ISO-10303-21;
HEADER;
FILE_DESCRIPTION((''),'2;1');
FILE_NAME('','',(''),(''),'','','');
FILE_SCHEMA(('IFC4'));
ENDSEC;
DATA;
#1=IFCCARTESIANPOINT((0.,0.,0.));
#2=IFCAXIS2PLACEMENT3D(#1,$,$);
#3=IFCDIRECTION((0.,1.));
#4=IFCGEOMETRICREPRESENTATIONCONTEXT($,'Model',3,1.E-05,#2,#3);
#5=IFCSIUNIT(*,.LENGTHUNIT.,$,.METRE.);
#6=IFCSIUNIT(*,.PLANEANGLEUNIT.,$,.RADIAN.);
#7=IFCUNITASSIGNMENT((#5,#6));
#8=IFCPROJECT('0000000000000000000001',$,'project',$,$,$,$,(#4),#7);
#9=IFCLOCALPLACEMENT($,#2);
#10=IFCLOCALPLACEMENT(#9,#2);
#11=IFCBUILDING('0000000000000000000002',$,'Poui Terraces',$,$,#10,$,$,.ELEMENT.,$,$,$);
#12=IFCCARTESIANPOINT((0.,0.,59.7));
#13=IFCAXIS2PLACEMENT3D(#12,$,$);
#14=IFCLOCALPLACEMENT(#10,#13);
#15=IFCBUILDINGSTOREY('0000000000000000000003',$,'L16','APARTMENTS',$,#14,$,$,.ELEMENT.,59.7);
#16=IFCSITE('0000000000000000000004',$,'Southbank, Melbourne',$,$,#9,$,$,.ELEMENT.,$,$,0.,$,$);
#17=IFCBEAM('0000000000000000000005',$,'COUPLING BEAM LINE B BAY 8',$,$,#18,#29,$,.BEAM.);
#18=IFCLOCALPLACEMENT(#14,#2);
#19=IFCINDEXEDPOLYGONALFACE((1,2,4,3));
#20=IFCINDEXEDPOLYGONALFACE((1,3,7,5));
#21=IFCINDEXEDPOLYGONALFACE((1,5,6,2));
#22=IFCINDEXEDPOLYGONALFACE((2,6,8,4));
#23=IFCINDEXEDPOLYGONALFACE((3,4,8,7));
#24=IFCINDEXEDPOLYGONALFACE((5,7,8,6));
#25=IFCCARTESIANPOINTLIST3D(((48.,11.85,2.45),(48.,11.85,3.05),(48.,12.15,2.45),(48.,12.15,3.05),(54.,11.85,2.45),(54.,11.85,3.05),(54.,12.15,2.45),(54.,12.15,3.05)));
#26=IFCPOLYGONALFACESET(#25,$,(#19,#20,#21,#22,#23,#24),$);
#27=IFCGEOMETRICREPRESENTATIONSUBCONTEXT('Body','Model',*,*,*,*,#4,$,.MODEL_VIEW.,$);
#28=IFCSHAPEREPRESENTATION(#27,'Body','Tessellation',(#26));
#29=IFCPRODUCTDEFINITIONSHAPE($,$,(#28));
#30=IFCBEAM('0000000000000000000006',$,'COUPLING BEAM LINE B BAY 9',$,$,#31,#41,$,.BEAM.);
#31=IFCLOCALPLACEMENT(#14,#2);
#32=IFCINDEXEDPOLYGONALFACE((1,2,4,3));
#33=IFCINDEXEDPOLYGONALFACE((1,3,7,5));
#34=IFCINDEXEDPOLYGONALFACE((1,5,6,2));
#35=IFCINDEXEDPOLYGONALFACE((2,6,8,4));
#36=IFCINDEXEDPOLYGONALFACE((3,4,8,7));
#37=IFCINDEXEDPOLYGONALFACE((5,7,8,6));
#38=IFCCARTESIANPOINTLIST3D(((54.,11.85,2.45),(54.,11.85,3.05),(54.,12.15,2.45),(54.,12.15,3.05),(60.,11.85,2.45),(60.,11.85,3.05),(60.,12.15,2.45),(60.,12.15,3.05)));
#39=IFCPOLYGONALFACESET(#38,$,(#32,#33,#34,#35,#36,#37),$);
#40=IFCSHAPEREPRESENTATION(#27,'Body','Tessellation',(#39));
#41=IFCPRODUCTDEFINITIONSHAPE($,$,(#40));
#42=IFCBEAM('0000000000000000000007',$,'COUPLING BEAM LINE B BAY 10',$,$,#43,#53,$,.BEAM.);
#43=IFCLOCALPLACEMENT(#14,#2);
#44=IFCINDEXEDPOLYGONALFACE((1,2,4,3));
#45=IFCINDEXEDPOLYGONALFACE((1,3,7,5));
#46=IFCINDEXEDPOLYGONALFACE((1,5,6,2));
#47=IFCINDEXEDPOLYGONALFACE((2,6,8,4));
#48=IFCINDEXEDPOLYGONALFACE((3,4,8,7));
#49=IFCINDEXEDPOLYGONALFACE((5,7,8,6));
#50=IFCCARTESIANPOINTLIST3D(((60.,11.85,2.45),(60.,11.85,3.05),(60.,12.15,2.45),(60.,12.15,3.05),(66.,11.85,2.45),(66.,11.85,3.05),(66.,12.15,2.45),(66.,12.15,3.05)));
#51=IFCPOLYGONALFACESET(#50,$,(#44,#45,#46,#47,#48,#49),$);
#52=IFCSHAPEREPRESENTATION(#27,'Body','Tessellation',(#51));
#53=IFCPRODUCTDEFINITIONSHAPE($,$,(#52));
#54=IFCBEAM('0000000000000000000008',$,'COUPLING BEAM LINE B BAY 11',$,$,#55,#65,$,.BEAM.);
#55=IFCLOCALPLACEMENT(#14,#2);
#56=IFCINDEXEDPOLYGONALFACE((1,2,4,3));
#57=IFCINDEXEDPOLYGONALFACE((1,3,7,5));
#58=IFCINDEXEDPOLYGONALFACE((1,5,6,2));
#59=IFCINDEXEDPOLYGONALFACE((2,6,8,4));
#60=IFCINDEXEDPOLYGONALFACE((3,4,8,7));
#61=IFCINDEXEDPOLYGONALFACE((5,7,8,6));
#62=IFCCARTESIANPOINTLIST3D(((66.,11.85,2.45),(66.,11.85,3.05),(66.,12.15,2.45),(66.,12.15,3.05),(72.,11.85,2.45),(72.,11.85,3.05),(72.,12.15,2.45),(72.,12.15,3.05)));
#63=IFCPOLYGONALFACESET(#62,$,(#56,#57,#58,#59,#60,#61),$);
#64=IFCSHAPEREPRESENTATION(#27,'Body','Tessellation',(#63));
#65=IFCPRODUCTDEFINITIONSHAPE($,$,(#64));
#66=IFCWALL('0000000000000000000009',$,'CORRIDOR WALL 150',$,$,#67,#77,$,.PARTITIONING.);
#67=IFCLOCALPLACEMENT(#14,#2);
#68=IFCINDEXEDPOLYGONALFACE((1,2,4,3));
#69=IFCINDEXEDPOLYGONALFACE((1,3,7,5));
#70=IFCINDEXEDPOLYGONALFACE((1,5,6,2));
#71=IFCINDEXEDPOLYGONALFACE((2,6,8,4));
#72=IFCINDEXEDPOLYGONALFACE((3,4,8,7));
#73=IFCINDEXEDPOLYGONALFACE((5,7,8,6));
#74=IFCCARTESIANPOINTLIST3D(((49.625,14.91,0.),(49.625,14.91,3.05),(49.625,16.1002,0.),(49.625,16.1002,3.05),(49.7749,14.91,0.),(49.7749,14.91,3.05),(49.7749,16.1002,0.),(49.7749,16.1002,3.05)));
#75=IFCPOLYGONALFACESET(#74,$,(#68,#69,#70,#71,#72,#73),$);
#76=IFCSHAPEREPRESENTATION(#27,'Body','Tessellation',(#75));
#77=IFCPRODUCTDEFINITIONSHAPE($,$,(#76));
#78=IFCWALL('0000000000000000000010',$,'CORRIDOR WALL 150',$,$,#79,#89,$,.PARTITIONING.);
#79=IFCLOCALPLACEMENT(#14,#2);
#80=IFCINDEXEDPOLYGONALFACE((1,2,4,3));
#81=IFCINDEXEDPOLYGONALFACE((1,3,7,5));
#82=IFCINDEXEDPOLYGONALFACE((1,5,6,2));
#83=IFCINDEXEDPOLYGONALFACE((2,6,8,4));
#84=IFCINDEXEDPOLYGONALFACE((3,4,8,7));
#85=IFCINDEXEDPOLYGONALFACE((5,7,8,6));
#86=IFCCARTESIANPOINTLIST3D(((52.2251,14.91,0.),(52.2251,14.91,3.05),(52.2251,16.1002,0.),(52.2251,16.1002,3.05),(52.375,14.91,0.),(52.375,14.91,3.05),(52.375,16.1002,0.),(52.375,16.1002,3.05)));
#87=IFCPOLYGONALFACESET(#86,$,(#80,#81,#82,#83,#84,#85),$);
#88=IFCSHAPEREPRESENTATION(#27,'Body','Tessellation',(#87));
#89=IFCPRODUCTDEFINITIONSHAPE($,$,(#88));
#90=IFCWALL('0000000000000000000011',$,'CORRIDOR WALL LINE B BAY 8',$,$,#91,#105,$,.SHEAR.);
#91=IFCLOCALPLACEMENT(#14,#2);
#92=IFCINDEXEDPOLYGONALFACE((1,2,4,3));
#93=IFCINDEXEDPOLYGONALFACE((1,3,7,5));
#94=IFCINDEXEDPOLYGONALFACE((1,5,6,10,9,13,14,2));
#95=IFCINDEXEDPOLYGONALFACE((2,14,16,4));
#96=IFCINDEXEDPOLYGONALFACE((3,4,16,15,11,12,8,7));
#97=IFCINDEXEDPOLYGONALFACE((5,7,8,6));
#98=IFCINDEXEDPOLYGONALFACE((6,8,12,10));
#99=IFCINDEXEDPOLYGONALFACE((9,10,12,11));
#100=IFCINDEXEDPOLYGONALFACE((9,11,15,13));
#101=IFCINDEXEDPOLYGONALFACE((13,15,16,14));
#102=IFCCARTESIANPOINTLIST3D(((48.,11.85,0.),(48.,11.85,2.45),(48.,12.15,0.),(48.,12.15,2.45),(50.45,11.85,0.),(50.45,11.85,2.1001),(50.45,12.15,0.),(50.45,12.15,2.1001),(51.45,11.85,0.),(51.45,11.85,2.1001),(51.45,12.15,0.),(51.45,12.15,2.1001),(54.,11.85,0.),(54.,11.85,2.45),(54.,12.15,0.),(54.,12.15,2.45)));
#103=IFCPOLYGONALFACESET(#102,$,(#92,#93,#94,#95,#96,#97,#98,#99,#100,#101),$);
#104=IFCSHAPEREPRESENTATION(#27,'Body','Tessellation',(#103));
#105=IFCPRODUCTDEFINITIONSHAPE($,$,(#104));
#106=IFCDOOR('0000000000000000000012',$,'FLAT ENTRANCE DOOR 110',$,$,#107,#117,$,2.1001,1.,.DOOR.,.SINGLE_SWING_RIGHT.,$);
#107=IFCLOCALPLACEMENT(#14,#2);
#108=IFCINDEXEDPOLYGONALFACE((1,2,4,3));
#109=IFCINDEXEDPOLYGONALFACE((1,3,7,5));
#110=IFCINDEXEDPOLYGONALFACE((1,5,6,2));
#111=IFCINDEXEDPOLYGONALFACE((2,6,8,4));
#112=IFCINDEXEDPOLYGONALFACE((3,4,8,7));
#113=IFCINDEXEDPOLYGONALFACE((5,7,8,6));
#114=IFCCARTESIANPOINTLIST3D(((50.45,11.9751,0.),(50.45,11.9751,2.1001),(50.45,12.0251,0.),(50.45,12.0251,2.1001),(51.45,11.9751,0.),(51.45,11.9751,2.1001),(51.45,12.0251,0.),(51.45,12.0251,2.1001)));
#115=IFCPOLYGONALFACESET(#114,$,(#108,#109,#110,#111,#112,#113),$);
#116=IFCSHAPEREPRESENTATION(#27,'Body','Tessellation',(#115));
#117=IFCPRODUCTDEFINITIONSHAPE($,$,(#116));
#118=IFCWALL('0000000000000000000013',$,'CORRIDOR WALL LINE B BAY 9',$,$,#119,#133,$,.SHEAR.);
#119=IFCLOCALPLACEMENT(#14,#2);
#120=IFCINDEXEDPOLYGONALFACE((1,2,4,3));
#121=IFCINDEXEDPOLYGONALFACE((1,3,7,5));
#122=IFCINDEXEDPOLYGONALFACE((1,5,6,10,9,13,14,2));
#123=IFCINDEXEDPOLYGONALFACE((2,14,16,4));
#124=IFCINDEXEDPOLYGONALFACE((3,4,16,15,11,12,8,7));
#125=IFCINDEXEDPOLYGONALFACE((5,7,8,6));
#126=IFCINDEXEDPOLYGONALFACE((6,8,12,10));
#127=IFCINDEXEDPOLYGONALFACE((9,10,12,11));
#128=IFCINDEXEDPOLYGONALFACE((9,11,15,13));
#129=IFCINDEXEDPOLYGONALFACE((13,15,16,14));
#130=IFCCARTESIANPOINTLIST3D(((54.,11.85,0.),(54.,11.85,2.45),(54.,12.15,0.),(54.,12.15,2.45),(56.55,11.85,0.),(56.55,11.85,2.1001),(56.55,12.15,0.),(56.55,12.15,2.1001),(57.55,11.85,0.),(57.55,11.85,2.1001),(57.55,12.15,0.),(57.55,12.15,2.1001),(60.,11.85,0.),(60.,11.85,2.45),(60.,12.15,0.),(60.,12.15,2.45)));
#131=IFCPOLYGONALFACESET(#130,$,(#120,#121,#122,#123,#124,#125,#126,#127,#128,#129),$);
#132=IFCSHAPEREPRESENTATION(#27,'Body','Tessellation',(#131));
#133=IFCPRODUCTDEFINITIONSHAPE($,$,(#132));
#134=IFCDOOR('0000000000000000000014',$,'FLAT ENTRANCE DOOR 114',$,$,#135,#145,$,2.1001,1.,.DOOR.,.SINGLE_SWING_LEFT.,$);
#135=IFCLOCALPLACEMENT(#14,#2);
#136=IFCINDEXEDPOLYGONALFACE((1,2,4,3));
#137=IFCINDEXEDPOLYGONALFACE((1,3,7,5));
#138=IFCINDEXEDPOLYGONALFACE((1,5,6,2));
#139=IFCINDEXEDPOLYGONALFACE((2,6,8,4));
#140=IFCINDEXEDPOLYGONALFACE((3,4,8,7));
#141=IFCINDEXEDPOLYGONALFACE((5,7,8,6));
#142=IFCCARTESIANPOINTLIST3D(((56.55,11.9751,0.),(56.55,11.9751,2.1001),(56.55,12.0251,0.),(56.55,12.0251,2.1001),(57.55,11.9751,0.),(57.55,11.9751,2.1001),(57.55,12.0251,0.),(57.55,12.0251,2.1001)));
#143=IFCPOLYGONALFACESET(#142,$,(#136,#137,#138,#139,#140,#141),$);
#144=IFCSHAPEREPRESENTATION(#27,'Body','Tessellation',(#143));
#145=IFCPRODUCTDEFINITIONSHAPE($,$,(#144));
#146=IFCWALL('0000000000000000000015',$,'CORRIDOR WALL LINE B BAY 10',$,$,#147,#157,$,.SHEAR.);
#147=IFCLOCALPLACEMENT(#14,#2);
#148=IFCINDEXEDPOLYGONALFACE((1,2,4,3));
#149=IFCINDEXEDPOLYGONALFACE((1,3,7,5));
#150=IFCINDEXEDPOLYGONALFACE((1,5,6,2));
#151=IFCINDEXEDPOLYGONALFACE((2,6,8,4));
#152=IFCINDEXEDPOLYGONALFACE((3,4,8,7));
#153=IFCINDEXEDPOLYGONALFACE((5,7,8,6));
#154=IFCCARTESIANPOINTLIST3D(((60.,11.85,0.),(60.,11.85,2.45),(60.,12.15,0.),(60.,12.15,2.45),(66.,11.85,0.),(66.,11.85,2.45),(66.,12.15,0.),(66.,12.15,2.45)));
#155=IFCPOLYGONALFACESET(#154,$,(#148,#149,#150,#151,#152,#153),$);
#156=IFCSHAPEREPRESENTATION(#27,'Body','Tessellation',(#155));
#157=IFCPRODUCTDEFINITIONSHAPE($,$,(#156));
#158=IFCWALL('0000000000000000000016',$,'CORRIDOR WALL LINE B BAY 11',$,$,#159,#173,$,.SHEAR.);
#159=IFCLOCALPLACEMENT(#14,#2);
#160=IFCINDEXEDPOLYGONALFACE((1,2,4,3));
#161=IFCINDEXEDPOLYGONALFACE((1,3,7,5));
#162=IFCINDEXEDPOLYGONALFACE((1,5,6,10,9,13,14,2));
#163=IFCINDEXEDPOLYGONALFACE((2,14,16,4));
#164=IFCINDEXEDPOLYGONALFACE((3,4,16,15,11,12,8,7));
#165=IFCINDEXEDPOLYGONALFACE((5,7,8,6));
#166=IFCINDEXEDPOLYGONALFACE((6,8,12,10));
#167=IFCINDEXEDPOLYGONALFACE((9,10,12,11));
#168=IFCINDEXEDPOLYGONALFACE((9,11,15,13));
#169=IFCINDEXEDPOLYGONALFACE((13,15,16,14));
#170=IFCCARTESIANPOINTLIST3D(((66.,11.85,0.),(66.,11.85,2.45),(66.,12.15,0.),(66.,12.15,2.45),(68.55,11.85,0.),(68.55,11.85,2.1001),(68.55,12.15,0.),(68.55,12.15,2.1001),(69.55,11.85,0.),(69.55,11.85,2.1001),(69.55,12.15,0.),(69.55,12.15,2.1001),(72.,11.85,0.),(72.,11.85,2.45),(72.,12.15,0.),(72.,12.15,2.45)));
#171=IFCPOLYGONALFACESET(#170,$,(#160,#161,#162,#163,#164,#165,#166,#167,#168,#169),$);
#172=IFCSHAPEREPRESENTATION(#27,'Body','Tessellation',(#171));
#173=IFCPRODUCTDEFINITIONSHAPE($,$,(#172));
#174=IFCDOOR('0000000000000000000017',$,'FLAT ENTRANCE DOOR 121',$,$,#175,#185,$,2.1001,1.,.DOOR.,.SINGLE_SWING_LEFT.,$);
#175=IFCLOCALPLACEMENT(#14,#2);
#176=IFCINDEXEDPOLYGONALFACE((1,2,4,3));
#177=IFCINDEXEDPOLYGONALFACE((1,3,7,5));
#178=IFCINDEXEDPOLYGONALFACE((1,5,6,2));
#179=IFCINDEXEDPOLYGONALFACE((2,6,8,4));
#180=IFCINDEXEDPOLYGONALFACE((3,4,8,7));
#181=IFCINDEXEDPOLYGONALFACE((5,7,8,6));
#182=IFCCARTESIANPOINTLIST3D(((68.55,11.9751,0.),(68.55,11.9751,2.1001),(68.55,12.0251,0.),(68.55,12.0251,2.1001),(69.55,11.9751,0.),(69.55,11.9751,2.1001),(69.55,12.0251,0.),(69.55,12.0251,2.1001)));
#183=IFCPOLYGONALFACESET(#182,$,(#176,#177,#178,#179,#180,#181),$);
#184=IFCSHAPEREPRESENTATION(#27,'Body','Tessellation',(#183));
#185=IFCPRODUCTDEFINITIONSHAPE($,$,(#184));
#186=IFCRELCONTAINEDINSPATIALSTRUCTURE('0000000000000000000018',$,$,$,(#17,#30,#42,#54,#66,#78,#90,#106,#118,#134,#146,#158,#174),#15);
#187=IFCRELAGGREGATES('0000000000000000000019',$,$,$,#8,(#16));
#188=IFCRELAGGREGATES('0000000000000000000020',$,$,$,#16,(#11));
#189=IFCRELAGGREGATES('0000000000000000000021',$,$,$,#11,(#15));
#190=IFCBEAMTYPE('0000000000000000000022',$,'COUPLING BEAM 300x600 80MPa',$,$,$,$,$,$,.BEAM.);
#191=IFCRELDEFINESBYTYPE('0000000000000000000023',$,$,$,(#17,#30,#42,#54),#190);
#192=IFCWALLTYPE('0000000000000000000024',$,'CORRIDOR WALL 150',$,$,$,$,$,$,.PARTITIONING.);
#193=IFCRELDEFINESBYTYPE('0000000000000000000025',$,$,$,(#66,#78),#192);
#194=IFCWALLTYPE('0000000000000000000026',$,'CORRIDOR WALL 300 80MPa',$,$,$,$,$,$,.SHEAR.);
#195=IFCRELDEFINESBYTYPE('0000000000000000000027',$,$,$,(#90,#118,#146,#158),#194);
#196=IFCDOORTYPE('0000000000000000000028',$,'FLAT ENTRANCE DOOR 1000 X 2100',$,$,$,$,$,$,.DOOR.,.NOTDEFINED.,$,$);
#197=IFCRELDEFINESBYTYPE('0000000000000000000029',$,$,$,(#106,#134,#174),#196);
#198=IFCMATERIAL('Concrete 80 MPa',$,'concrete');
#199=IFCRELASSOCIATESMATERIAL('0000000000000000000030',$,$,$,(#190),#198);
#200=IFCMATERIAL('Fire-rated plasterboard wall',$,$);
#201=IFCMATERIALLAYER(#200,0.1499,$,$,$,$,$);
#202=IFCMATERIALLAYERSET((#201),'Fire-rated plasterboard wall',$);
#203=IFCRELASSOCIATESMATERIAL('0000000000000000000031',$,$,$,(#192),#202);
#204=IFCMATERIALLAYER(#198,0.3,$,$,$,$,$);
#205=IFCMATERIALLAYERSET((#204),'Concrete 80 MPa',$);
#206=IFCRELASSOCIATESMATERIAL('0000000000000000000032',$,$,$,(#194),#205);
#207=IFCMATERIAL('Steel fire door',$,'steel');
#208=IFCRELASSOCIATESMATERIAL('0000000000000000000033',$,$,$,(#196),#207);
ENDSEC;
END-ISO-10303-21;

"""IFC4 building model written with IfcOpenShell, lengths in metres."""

from ifc_helpers import new_model, si_unit, direction, frame, frame_2d, origin, origin_2d, place, context, subcontext, project, spatial, rectangle, extrude, source, transform, mapped, material, layer, layer_set, material_profile, profile_set, type_object, element, fill, save


model = new_model("IFC4")

# Units and contexts
model_context = context("Model", 3, precision=1e-05, world=origin(), true_north=direction((0.0, 1.0)))
body_context = subcontext(model_context, "Body", "Model", "MODEL_VIEW")
ifc_project = project(units=[si_unit("LENGTHUNIT", "METRE"), si_unit("PLANEANGLEUNIT", "RADIAN")], contexts=[model_context])

# Site, building, storey
site_placement = place(None, origin())
site = spatial("IfcSite", under=ifc_project, at=site_placement, Name="Southbank, Melbourne", CompositionType="ELEMENT", RefElevation=0.0)
building_placement = place(site_placement, origin())
building = spatial("IfcBuilding", under=site, at=building_placement, Name="Poui Terraces", CompositionType="ELEMENT")
storey_placement = place(building_placement, frame((0.0, 0.0, 59.7)))
storey = spatial("IfcBuildingStorey", under=building, at=storey_placement, Name="L16", Description="APARTMENTS", CompositionType="ELEMENT", Elevation=59.7)

# Beams
ifc_material_1 = material(Name="Concrete 80 MPa", Category="concrete")
ifc_material_profile = material_profile(ifc_material_1, rectangle(XDim=0.3, YDim=0.6001, at=origin_2d()), Name="RC 300x600")
ifc_profile_set = profile_set([ifc_material_profile], Name="Concrete 80 MPa")
beam_type = type_object("IfcBeamType", Name="COUPLING BEAM 300x600 80MPa", PredefinedType="BEAM", material=ifc_profile_set)
shared_shape = source(origin(), body_context, "Body", "SweptSolid", [
    extrude(rectangle(XDim=0.3, YDim=0.6001, at=origin_2d()), origin(), (0.0, 0.0, 1.0), 6.0),
])
for number, where, z_axis, x_axis, name in (
    (1, (48.0, 12.0, 2.75), (1.0, 0.0, 0.0), (0.0, 1.0, 0.0), "COUPLING BEAM LINE B BAY 8"),
    (2, (54.0, 12.0, 2.75), (1.0, 0.0, 0.0), (0.0, 1.0, 0.0), "COUPLING BEAM LINE B BAY 9"),
    (3, (60.0, 12.0, 2.75), (1.0, 0.0, 0.0), (0.0, 1.0, 0.0), "COUPLING BEAM LINE B BAY 10"),
    (4, (66.0, 12.0, 2.75), (1.0, 0.0, 0.0), (0.0, 1.0, 0.0), "COUPLING BEAM LINE B BAY 11"),
):
    element("IfcBeam", number, at=place(storey_placement, frame(where, z_axis=z_axis, x_axis=x_axis)), inside=storey, type_object=beam_type, Name=name, PredefinedType="BEAM", context=body_context, shape_type="MappedRepresentation", body=[
        mapped(shared_shape, transform((0.0, 0.0, 0.0))),
    ])

# Walls
ifc_material_2 = material(Name="Fire-rated plasterboard wall")
ifc_layer_1 = layer(ifc_material_2, 0.1499)
ifc_layer_set_1 = layer_set([ifc_layer_1], Name="Fire-rated plasterboard wall")
wall_type_1 = type_object("IfcWallType", Name="CORRIDOR WALL 150", PredefinedType="PARTITIONING", material=ifc_layer_set_1)
for number, where, z_axis, x_axis, name in (
    (5, (49.7, 14.9099, 0.0), (0.0, 0.0, 1.0), (0.0, 1.0, 0.0), "CORRIDOR WALL 150"),
    (6, (52.3, 14.9099, 0.0), (0.0, 0.0, 1.0), (0.0, 1.0, 0.0), "CORRIDOR WALL 150"),
):
    element("IfcWall", number, at=place(storey_placement, frame(where, z_axis=z_axis, x_axis=x_axis)), inside=storey, type_object=wall_type_1, Name=name, PredefinedType="PARTITIONING", context=body_context, shape_type="SweptSolid", body=[
        extrude(rectangle(XDim=1.1902, YDim=0.1499, at=frame_2d((0.5952, 0.0))), origin(), (0.0, 0.0, 1.0), 3.05),
    ])

# Walls, openings, doors
ifc_layer_2 = layer(ifc_material_1, 0.3)
ifc_layer_set_2 = layer_set([ifc_layer_2], Name="Concrete 80 MPa")
wall_type_2 = type_object("IfcWallType", Name="CORRIDOR WALL 300 80MPa", PredefinedType="SHEAR", material=ifc_layer_set_2)
wall_1_placement = place(storey_placement, frame((48.0, 12.0, 0.0), z_axis=(0.0, 0.0, 1.0), x_axis=(1.0, 0.0, 0.0)))
wall_1 = element("IfcWall", 7, at=wall_1_placement, inside=storey, type_object=wall_type_2, Name="CORRIDOR WALL LINE B BAY 8", PredefinedType="SHEAR", context=body_context, shape_type="SweptSolid", body=[
    extrude(rectangle(XDim=6.0, YDim=0.3, at=frame_2d((3.0, 0.0))), origin(), (0.0, 0.0, 1.0), 2.45),
])
opening_1_placement = place(wall_1_placement, frame((2.45, 0.0, 0.0)))
opening_1 = element("IfcOpeningElement", 8, at=opening_1_placement, cuts=wall_1, PredefinedType="OPENING", context=body_context, shape_type="SweptSolid", body=[
    extrude(rectangle(XDim=1.0, YDim=2.1001, at=frame_2d((0.5, 1.05))), frame((0.0, 0.1602, 0.0), z_axis=(0.0, -1.0, 0.0), x_axis=(1.0, 0.0, 0.0)), (0.0, 0.0, 1.0), 0.3201),
])
ifc_material_3 = material(Name="Steel fire door", Category="steel")
door_type_1 = type_object("IfcDoorType", Name="FLAT ENTRANCE DOOR 1000 X 2100", OperationType="NOTDEFINED", PredefinedType="DOOR", material=ifc_material_3)
door_1_placement = place(opening_1_placement, frame((1.0, 0.0, 0.0), z_axis=(0.0, 0.0, 1.0), x_axis=(-1.0, 0.0, 0.0)))
door_1 = element("IfcDoor", 9, at=door_1_placement, inside=storey, type_object=door_type_1, Name="FLAT ENTRANCE DOOR 110", OperationType="SINGLE_SWING_RIGHT", OverallHeight=2.1001, OverallWidth=1.0, PredefinedType="DOOR", context=body_context, shape_type="SweptSolid", body=[
    extrude(rectangle(XDim=1.0, YDim=2.1001, at=frame_2d((0.5, 1.05))), frame((0.0, 0.0249, 0.0), z_axis=(0.0, -1.0, 0.0), x_axis=(1.0, 0.0, 0.0)), (0.0, 0.0, 1.0), 0.05),
])
fill(opening_1, door_1)
wall_2_placement = place(storey_placement, frame((54.0, 12.0, 0.0), z_axis=(0.0, 0.0, 1.0), x_axis=(1.0, 0.0, 0.0)))
wall_2 = element("IfcWall", 10, at=wall_2_placement, inside=storey, type_object=wall_type_2, Name="CORRIDOR WALL LINE B BAY 9", PredefinedType="SHEAR", context=body_context, shape_type="SweptSolid", body=[
    extrude(rectangle(XDim=6.0, YDim=0.3, at=frame_2d((3.0, 0.0))), origin(), (0.0, 0.0, 1.0), 2.45),
])
opening_2_placement = place(wall_2_placement, frame((2.55, 0.0, 0.0)))
opening_2 = element("IfcOpeningElement", 11, at=opening_2_placement, cuts=wall_2, PredefinedType="OPENING", context=body_context, shape_type="SweptSolid", body=[
    extrude(rectangle(XDim=1.0, YDim=2.1001, at=frame_2d((0.5, 1.05))), frame((0.0, 0.1602, 0.0), z_axis=(0.0, -1.0, 0.0), x_axis=(1.0, 0.0, 0.0)), (0.0, 0.0, 1.0), 0.3201),
])
door_2_placement = place(opening_2_placement, frame((1.0, 0.0, 0.0), z_axis=(0.0, 0.0, 1.0), x_axis=(-1.0, 0.0, 0.0)))
door_2 = element("IfcDoor", 12, at=door_2_placement, inside=storey, type_object=door_type_1, Name="FLAT ENTRANCE DOOR 114", OperationType="SINGLE_SWING_LEFT", OverallHeight=2.1001, OverallWidth=1.0, PredefinedType="DOOR", context=body_context, shape_type="SweptSolid", body=[
    extrude(rectangle(XDim=1.0, YDim=2.1001, at=frame_2d((0.5, 1.05))), frame((0.0, 0.0249, 0.0), z_axis=(0.0, -1.0, 0.0), x_axis=(1.0, 0.0, 0.0)), (0.0, 0.0, 1.0), 0.05),
])
fill(opening_2, door_2)

# Wall
wall_3_placement = place(storey_placement, frame((60.0, 12.0, 0.0), z_axis=(0.0, 0.0, 1.0), x_axis=(1.0, 0.0, 0.0)))
element("IfcWall", 13, at=wall_3_placement, inside=storey, type_object=wall_type_2, Name="CORRIDOR WALL LINE B BAY 10", PredefinedType="SHEAR", context=body_context, shape_type="SweptSolid", body=[
    extrude(rectangle(XDim=6.0, YDim=0.3, at=frame_2d((3.0, 0.0))), origin(), (0.0, 0.0, 1.0), 2.45),
])

# Wall, opening, door
wall_4_placement = place(storey_placement, frame((66.0, 12.0, 0.0), z_axis=(0.0, 0.0, 1.0), x_axis=(1.0, 0.0, 0.0)))
wall_4 = element("IfcWall", 14, at=wall_4_placement, inside=storey, type_object=wall_type_2, Name="CORRIDOR WALL LINE B BAY 11", PredefinedType="SHEAR", context=body_context, shape_type="SweptSolid", body=[
    extrude(rectangle(XDim=6.0, YDim=0.3, at=frame_2d((3.0, 0.0))), origin(), (0.0, 0.0, 1.0), 2.45),
])
opening_3_placement = place(wall_4_placement, frame((2.55, 0.0, 0.0)))
opening_3 = element("IfcOpeningElement", 15, at=opening_3_placement, cuts=wall_4, PredefinedType="OPENING", context=body_context, shape_type="SweptSolid", body=[
    extrude(rectangle(XDim=1.0, YDim=2.1001, at=frame_2d((0.5, 1.05))), frame((0.0, 0.1602, 0.0), z_axis=(0.0, -1.0, 0.0), x_axis=(1.0, 0.0, 0.0)), (0.0, 0.0, 1.0), 0.3201),
])
door_3_placement = place(opening_3_placement, frame((1.0, 0.0, 0.0), z_axis=(0.0, 0.0, 1.0), x_axis=(-1.0, 0.0, 0.0)))
door_3 = element("IfcDoor", 16, at=door_3_placement, inside=storey, type_object=door_type_1, Name="FLAT ENTRANCE DOOR 121", OperationType="SINGLE_SWING_LEFT", OverallHeight=2.1001, OverallWidth=1.0, PredefinedType="DOOR", context=body_context, shape_type="SweptSolid", body=[
    extrude(rectangle(XDim=1.0, YDim=2.1001, at=frame_2d((0.5, 1.05))), frame((0.0, 0.0249, 0.0), z_axis=(0.0, -1.0, 0.0), x_axis=(1.0, 0.0, 0.0)), (0.0, 0.0, 1.0), 0.05),
])
fill(opening_3, door_3)

save(model, "model.ifc")
